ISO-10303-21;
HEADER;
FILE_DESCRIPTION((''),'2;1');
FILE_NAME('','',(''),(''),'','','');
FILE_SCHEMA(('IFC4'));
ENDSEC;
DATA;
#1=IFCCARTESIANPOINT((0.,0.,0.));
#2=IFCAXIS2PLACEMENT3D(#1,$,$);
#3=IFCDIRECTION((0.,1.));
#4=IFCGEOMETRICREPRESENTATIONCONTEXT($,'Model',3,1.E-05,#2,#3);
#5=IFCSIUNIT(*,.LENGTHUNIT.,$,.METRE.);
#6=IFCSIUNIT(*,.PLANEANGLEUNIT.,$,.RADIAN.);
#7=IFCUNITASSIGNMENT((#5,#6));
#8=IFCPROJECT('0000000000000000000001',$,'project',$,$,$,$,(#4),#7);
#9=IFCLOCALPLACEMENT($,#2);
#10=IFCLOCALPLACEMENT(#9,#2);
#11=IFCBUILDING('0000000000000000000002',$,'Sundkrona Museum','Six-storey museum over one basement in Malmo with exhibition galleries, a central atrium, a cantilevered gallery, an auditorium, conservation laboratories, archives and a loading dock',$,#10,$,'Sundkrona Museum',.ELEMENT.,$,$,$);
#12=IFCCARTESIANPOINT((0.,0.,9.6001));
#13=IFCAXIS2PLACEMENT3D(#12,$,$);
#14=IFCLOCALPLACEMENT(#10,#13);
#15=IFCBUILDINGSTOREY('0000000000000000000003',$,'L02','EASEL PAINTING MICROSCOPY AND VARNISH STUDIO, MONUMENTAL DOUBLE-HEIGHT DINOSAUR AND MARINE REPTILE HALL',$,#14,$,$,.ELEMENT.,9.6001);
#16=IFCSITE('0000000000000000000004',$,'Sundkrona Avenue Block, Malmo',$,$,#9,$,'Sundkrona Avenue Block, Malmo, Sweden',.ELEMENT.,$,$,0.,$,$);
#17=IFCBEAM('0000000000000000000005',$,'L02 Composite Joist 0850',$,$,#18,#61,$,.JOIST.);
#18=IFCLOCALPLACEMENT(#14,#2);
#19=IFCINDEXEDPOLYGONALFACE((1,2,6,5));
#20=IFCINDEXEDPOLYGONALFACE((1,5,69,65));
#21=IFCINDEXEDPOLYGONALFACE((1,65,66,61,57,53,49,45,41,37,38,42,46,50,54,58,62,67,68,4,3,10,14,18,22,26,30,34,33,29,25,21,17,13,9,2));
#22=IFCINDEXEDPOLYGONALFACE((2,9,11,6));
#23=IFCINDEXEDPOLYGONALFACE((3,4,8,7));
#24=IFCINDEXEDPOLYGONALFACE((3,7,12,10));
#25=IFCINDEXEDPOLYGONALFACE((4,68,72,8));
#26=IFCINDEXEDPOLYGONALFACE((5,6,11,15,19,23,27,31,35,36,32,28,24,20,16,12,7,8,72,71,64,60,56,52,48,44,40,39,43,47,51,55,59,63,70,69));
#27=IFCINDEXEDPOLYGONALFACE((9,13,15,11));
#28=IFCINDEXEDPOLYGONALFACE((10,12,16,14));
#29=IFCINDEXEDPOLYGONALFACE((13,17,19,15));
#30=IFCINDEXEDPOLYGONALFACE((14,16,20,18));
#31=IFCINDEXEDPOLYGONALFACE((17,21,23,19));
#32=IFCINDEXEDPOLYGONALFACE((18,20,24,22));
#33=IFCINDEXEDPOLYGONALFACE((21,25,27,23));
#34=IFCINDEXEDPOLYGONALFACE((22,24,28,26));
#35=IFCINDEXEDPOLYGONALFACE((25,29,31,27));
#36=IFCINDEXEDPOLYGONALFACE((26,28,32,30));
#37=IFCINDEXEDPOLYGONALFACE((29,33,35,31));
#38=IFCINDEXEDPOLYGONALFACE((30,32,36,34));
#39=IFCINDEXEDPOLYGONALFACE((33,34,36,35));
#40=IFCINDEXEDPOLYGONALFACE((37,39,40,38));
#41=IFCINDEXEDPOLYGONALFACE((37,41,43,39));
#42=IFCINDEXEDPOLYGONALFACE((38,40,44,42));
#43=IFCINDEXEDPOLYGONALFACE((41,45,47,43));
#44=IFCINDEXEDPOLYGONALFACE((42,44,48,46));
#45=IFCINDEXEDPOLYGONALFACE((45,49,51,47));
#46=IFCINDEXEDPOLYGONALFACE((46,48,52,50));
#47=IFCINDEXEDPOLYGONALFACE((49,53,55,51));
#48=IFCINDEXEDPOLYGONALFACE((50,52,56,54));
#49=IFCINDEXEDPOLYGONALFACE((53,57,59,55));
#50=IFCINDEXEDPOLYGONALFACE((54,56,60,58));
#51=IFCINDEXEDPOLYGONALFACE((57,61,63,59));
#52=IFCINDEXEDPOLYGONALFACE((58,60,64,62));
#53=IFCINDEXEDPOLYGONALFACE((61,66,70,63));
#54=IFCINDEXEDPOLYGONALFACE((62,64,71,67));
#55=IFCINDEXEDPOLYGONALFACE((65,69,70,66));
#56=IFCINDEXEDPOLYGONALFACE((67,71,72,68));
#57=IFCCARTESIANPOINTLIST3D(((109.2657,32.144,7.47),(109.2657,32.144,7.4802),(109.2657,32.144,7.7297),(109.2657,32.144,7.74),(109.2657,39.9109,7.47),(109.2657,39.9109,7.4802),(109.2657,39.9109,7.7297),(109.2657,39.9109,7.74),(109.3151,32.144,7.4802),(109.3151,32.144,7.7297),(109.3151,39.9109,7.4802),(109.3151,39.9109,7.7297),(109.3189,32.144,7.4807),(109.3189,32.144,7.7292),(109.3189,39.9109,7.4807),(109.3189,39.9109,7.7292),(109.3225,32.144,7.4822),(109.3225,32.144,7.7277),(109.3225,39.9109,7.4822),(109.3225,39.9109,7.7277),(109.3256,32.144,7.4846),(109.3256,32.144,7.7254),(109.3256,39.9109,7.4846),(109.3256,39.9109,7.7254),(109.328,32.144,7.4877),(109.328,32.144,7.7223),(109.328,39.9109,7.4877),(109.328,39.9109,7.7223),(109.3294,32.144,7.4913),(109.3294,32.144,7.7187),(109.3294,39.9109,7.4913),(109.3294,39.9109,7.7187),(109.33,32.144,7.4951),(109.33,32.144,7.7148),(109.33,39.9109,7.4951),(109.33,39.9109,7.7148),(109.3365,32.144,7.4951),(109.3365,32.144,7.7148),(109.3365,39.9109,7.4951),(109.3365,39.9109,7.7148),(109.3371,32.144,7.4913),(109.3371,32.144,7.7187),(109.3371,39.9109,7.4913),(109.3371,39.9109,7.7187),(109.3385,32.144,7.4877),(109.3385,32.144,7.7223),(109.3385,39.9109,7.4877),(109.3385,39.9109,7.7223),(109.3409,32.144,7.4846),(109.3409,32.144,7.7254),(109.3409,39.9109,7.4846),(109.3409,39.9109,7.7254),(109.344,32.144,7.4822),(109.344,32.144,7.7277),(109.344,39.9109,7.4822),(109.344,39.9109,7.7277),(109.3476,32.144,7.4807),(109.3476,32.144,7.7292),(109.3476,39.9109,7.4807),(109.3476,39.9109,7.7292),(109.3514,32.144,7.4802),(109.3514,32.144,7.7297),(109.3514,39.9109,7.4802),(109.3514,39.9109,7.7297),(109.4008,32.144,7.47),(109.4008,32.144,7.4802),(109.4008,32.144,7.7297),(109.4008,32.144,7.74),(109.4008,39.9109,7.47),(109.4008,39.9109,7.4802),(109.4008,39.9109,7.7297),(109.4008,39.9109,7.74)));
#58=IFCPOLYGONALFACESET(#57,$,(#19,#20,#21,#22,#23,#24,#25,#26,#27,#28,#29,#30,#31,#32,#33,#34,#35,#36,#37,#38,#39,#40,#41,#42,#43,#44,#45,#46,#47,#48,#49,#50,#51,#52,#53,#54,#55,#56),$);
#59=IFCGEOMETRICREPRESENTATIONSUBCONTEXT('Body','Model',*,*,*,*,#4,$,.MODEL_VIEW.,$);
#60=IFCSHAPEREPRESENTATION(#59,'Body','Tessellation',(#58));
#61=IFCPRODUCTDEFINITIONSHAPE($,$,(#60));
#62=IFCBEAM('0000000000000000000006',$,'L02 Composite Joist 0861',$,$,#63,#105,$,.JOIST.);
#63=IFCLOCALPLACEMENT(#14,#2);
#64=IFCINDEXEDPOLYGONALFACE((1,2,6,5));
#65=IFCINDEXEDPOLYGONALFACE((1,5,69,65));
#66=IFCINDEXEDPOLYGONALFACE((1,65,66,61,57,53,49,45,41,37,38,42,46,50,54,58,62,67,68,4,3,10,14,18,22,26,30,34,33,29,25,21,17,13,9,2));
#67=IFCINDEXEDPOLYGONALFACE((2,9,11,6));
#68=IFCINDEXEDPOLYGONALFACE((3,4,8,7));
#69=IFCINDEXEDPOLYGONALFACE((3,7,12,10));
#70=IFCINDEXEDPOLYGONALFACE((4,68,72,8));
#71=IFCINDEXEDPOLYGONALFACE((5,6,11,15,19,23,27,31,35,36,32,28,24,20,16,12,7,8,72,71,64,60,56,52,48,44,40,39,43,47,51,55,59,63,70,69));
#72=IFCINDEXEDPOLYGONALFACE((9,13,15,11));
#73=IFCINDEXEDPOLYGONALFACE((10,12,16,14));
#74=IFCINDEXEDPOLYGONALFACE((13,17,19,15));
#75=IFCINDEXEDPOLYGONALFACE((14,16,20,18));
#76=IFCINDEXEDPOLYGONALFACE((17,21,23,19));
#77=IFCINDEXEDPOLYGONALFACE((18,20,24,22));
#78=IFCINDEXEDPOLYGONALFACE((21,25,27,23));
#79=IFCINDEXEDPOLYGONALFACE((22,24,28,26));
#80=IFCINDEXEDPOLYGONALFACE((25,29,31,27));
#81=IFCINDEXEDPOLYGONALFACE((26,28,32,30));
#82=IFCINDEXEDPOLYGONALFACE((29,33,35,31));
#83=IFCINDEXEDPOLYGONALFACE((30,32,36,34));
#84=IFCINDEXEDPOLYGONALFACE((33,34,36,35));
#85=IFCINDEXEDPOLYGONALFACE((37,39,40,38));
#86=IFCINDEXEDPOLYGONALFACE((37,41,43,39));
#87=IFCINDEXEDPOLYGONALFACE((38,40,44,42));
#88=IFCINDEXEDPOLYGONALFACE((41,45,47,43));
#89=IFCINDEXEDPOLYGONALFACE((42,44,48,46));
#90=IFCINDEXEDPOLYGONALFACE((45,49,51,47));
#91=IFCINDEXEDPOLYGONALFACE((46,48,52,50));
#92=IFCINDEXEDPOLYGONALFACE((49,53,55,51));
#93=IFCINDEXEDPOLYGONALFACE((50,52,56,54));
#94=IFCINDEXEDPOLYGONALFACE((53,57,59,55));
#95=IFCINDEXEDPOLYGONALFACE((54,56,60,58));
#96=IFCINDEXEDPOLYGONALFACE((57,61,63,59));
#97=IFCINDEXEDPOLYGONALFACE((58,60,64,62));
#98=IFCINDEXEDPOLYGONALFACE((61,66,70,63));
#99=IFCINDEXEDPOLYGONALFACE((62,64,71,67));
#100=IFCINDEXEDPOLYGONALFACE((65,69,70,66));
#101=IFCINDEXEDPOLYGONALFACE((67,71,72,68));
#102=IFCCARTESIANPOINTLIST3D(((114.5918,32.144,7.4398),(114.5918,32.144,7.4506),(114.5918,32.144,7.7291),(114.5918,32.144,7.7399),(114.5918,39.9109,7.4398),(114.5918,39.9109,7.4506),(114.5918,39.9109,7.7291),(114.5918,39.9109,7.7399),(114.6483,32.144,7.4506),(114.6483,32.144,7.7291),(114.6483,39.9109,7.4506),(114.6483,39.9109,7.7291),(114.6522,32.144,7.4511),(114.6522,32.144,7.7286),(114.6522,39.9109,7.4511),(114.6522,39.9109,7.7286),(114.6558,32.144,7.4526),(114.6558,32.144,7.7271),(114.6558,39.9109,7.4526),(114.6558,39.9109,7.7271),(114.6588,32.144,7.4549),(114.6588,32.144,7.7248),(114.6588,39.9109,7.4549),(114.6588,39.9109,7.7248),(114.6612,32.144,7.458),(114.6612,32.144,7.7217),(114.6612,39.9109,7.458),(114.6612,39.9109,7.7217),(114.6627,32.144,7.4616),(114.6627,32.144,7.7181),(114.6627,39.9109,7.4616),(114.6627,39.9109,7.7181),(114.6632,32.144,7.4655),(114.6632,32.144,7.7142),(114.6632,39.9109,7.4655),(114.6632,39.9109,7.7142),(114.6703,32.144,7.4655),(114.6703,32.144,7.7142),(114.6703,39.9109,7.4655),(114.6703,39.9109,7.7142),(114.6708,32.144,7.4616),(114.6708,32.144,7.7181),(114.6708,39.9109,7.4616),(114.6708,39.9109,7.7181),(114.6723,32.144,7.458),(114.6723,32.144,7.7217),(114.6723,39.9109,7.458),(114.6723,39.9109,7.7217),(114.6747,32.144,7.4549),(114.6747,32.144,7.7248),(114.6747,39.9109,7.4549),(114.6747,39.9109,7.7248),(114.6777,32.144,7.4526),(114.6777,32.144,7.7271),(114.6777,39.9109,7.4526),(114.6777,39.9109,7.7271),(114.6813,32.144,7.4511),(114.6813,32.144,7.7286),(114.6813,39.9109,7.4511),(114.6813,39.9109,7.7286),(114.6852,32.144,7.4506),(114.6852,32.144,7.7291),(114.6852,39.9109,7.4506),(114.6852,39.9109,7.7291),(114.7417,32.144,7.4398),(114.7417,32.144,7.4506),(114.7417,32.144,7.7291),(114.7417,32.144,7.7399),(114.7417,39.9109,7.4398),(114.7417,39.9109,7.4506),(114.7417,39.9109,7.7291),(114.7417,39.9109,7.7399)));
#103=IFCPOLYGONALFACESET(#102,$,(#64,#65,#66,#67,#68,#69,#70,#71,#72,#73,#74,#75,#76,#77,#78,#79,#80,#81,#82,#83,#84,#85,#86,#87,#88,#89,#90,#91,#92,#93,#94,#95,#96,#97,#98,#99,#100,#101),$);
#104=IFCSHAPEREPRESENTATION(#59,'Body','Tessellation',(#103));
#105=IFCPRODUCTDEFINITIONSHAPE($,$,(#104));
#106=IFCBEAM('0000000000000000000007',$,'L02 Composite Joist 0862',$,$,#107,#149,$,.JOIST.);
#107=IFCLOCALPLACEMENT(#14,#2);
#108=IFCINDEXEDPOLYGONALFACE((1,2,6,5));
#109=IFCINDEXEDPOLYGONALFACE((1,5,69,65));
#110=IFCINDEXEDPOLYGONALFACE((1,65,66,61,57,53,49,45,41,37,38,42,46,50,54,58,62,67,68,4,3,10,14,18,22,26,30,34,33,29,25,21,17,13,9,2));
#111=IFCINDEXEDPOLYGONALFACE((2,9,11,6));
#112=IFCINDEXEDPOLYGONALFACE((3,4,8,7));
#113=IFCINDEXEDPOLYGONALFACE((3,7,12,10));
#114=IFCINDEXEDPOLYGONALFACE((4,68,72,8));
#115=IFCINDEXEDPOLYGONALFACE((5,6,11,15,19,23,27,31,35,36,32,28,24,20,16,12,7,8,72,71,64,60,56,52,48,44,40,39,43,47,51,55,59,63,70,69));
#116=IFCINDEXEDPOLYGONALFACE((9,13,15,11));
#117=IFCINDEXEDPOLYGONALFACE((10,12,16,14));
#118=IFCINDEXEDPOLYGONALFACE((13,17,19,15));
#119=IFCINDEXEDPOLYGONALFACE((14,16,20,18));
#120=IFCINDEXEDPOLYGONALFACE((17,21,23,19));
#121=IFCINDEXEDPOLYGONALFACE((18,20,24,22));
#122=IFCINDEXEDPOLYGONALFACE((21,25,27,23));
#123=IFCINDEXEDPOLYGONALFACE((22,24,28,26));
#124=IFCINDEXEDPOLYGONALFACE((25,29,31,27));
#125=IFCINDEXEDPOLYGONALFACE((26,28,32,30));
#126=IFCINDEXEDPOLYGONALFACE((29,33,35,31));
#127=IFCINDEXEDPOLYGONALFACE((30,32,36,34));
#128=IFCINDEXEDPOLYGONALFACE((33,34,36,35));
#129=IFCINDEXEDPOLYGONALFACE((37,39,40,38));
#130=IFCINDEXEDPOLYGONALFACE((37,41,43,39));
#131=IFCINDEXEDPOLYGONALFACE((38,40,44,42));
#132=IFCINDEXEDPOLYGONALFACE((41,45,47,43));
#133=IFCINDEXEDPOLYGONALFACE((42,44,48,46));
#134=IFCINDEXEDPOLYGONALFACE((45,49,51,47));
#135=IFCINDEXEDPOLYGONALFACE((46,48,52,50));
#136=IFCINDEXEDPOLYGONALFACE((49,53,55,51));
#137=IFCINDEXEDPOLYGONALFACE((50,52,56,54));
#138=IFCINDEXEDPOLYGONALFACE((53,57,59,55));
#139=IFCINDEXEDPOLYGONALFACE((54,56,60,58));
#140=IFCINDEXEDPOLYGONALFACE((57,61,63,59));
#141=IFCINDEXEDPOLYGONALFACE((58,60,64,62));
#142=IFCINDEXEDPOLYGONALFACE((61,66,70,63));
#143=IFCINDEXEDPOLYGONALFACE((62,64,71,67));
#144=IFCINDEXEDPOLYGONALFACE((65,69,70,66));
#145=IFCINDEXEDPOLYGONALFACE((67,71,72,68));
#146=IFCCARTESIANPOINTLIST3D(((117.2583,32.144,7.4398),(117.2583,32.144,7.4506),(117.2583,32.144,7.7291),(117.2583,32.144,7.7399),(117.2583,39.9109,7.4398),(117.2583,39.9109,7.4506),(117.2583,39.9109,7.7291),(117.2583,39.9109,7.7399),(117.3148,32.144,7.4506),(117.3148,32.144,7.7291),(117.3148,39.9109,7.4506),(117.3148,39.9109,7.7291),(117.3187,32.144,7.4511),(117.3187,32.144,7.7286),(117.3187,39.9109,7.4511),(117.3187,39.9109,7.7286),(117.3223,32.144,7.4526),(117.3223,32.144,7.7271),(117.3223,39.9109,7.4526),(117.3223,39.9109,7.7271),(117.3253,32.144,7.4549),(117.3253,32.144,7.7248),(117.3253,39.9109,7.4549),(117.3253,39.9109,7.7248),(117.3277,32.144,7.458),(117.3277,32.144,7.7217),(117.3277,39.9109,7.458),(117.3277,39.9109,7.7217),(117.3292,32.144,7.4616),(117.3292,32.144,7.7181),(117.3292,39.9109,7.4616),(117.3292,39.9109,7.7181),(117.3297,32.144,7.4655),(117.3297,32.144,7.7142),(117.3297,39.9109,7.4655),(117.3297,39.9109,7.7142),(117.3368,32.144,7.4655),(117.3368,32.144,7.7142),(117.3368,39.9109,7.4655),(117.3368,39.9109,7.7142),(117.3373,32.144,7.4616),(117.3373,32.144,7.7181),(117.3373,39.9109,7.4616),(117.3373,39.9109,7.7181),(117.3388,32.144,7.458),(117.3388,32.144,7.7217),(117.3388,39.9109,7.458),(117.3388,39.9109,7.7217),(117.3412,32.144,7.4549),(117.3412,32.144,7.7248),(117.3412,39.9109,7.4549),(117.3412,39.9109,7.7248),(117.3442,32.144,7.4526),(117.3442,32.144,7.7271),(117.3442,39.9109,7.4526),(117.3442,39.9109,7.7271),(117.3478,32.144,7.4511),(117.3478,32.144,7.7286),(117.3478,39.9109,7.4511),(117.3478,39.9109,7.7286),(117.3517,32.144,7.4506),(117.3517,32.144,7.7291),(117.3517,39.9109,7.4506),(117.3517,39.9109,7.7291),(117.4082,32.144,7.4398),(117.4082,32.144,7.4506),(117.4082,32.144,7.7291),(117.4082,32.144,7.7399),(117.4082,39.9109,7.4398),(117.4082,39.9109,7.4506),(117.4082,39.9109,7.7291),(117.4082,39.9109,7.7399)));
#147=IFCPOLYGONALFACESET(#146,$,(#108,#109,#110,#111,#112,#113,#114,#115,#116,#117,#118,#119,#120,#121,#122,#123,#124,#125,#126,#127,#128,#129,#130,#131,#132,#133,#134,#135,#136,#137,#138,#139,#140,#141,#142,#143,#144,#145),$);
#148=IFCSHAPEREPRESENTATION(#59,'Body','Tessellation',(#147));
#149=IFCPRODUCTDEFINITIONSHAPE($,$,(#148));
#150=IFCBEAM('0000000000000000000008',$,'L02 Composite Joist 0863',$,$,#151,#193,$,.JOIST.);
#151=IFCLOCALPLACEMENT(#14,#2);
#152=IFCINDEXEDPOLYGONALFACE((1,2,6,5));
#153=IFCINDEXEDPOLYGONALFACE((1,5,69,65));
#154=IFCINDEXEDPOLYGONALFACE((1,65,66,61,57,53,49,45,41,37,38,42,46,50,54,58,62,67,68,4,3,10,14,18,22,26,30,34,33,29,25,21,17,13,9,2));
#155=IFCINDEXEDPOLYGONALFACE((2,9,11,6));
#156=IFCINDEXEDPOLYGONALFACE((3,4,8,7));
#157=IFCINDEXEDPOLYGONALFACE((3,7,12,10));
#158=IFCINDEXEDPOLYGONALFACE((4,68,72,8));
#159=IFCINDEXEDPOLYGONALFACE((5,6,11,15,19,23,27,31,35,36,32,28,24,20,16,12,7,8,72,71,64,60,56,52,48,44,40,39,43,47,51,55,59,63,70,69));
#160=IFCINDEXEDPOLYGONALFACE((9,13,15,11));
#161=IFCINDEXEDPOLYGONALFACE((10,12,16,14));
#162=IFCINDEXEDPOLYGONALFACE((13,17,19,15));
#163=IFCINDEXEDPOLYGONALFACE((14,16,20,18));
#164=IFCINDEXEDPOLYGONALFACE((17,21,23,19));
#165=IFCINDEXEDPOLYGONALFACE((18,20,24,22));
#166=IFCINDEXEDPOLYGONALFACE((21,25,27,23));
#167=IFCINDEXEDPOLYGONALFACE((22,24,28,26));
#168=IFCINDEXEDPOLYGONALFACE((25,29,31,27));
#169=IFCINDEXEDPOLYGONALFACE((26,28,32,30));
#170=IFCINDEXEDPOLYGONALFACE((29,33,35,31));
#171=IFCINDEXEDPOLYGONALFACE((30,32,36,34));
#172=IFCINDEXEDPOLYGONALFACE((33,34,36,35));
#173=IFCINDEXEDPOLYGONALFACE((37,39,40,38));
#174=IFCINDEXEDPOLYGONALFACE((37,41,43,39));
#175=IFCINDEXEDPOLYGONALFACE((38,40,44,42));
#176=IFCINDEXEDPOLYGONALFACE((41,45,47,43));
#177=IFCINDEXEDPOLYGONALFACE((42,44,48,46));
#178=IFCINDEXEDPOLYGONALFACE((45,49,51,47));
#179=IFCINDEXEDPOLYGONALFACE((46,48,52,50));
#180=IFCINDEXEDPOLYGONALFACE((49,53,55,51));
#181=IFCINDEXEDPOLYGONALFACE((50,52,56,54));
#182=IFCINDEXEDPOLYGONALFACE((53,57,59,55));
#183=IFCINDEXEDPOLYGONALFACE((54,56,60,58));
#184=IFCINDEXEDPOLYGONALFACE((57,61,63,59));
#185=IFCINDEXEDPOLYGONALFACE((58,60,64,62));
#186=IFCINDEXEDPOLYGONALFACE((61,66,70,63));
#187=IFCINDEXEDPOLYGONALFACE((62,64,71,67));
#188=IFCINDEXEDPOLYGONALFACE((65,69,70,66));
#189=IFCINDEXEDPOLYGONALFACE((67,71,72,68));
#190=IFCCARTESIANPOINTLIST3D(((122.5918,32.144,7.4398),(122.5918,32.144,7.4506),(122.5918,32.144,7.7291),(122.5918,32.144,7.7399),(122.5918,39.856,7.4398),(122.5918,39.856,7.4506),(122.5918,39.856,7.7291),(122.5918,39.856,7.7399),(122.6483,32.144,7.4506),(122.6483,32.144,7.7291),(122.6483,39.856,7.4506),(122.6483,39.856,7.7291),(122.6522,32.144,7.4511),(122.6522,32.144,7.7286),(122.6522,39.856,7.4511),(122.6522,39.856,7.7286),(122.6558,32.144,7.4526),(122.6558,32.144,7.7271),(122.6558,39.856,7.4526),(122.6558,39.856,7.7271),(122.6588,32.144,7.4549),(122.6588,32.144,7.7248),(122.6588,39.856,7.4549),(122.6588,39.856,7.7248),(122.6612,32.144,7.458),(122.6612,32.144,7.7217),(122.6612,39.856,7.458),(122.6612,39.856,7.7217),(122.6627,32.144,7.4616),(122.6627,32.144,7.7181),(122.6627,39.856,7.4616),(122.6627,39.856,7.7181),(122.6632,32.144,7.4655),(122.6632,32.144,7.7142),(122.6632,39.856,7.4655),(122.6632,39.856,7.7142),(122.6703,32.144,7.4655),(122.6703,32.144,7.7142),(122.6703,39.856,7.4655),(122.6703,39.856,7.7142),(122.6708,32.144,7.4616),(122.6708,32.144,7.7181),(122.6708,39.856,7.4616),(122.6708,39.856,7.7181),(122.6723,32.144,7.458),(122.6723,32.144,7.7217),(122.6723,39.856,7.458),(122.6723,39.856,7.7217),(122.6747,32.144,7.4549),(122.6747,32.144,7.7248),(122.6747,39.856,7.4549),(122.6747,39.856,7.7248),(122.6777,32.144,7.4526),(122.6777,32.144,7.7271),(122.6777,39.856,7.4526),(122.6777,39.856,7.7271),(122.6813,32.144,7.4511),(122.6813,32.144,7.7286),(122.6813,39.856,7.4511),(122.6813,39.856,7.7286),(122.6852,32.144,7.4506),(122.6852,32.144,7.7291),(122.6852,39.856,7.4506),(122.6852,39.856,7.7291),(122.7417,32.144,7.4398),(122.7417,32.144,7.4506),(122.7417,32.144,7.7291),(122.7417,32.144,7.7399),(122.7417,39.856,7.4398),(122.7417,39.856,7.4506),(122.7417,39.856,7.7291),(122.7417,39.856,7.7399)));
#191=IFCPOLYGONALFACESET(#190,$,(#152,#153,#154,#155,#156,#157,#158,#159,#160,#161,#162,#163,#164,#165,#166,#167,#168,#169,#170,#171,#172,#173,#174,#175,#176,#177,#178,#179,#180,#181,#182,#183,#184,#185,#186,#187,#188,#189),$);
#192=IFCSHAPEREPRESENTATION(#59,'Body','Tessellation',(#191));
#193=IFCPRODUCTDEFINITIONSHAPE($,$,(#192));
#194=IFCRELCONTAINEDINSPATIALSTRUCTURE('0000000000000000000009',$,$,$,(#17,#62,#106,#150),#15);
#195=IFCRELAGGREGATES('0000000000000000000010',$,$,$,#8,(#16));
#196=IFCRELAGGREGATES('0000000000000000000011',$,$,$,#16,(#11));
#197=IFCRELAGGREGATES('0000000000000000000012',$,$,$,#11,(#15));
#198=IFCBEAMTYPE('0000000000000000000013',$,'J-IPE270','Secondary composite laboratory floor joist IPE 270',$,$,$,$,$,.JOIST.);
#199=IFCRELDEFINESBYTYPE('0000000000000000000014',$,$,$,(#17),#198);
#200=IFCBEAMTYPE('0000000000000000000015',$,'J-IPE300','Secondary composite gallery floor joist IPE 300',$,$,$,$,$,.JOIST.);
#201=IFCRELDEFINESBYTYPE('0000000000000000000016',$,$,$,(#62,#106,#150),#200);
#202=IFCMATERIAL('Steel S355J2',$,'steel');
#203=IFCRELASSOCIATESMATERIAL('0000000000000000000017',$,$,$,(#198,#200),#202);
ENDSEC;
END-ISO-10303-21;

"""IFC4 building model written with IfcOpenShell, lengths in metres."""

from ifc_helpers import new_model, si_unit, direction, frame, origin, origin_2d, place, context, subcontext, project, spatial, i_section, extrude, material, material_profile, profile_set, type_object, element, save


model = new_model("IFC4")

# Units and contexts
model_context = context("Model", 3, precision=1e-05, world=origin(), true_north=direction((0.0, 1.0)))
body_context = subcontext(model_context, "Body", "Model", "MODEL_VIEW")
ifc_project = project(units=[si_unit("LENGTHUNIT", "METRE"), si_unit("PLANEANGLEUNIT", "RADIAN")], contexts=[model_context])

# Site, building, storey
site_placement = place(None, origin())
site = spatial("IfcSite", under=ifc_project, at=site_placement, Name="Sundkrona Avenue Block, Malmo", LongName="Sundkrona Avenue Block, Malmo, Sweden", CompositionType="ELEMENT", RefElevation=0.0)
building_placement = place(site_placement, origin())
building = spatial("IfcBuilding", under=site, at=building_placement, Name="Sundkrona Museum", Description="Six-storey museum over one basement in Malmo with exhibition galleries, a central atrium, a cantilevered gallery, an auditorium, conservation laboratories, archives and a loading dock", LongName="Sundkrona Museum", CompositionType="ELEMENT")
storey_placement = place(building_placement, frame((0.0, 0.0, 9.6001)))
storey = spatial("IfcBuildingStorey", under=building, at=storey_placement, Name="L02", Description="EASEL PAINTING MICROSCOPY AND VARNISH STUDIO, MONUMENTAL DOUBLE-HEIGHT DINOSAUR AND MARINE REPTILE HALL", CompositionType="ELEMENT", Elevation=9.6001)

# Shared definitions
ifc_material_1 = material(Name="Steel S355J2", Category="steel")

# Beams
ifc_material_profile_1 = material_profile(ifc_material_1, i_section(OverallWidth=0.135, OverallDepth=0.27, WebThickness=0.0066, FlangeThickness=0.0103, FilletRadius=0.0149, at=origin_2d()), Name="IPE 270")
ifc_profile_set_1 = profile_set([ifc_material_profile_1], Name="Steel S355J2")
beam_type_1 = type_object("IfcBeamType", Name="J-IPE270", Description="Secondary composite laboratory floor joist IPE 270", PredefinedType="JOIST", material=ifc_profile_set_1)
beam_1_placement = place(storey_placement, frame((109.3333, 32.144, 7.605), z_axis=(0.0, 1.0, 0.0), x_axis=(-1.0, 0.0, 0.0)))
element("IfcBeam", 1, at=beam_1_placement, inside=storey, type_object=beam_type_1, Name="L02 Composite Joist 0850", PredefinedType="JOIST", context=body_context, shape_type="SweptSolid", body=[
    extrude(i_section(OverallWidth=0.135, OverallDepth=0.27, WebThickness=0.0066, FlangeThickness=0.0103, FilletRadius=0.0149, at=origin_2d()), origin(), (0.0, 0.0, 1.0), 7.7668),
])
ifc_material_profile_2 = material_profile(ifc_material_1, i_section(OverallWidth=0.1499, OverallDepth=0.3, WebThickness=0.0071, FlangeThickness=0.0107, FilletRadius=0.0149, at=origin_2d()), Name="IPE 300")
ifc_profile_set_2 = profile_set([ifc_material_profile_2], Name="Steel S355J2")
beam_type_2 = type_object("IfcBeamType", Name="J-IPE300", Description="Secondary composite gallery floor joist IPE 300", PredefinedType="JOIST", material=ifc_profile_set_2)
for number, where, z_axis, x_axis, name in (
    (2, (114.6667, 32.144, 7.5898), (0.0, 1.0, 0.0), (-1.0, 0.0, 0.0), "L02 Composite Joist 0861"),
    (3, (117.3333, 32.144, 7.5898), (0.0, 1.0, 0.0), (-1.0, 0.0, 0.0), "L02 Composite Joist 0862"),
):
    element("IfcBeam", number, at=place(storey_placement, frame(where, z_axis=z_axis, x_axis=x_axis)), inside=storey, type_object=beam_type_2, Name=name, PredefinedType="JOIST", context=body_context, shape_type="SweptSolid", body=[
        extrude(i_section(OverallWidth=0.1499, OverallDepth=0.3, WebThickness=0.0071, FlangeThickness=0.0107, FilletRadius=0.0149, at=origin_2d()), origin(), (0.0, 0.0, 1.0), 7.7668),
    ])
for number, where, z_axis, x_axis, name in (
    (4, (122.6667, 32.144, 7.5898), (0.0, 1.0, 0.0), (-1.0, 0.0, 0.0), "L02 Composite Joist 0863"),
):
    element("IfcBeam", number, at=place(storey_placement, frame(where, z_axis=z_axis, x_axis=x_axis)), inside=storey, type_object=beam_type_2, Name=name, PredefinedType="JOIST", context=body_context, shape_type="SweptSolid", body=[
        extrude(i_section(OverallWidth=0.1499, OverallDepth=0.3, WebThickness=0.0071, FlangeThickness=0.0107, FilletRadius=0.0149, at=origin_2d()), origin(), (0.0, 0.0, 1.0), 7.7119),
    ])

save(model, "model.ifc")
